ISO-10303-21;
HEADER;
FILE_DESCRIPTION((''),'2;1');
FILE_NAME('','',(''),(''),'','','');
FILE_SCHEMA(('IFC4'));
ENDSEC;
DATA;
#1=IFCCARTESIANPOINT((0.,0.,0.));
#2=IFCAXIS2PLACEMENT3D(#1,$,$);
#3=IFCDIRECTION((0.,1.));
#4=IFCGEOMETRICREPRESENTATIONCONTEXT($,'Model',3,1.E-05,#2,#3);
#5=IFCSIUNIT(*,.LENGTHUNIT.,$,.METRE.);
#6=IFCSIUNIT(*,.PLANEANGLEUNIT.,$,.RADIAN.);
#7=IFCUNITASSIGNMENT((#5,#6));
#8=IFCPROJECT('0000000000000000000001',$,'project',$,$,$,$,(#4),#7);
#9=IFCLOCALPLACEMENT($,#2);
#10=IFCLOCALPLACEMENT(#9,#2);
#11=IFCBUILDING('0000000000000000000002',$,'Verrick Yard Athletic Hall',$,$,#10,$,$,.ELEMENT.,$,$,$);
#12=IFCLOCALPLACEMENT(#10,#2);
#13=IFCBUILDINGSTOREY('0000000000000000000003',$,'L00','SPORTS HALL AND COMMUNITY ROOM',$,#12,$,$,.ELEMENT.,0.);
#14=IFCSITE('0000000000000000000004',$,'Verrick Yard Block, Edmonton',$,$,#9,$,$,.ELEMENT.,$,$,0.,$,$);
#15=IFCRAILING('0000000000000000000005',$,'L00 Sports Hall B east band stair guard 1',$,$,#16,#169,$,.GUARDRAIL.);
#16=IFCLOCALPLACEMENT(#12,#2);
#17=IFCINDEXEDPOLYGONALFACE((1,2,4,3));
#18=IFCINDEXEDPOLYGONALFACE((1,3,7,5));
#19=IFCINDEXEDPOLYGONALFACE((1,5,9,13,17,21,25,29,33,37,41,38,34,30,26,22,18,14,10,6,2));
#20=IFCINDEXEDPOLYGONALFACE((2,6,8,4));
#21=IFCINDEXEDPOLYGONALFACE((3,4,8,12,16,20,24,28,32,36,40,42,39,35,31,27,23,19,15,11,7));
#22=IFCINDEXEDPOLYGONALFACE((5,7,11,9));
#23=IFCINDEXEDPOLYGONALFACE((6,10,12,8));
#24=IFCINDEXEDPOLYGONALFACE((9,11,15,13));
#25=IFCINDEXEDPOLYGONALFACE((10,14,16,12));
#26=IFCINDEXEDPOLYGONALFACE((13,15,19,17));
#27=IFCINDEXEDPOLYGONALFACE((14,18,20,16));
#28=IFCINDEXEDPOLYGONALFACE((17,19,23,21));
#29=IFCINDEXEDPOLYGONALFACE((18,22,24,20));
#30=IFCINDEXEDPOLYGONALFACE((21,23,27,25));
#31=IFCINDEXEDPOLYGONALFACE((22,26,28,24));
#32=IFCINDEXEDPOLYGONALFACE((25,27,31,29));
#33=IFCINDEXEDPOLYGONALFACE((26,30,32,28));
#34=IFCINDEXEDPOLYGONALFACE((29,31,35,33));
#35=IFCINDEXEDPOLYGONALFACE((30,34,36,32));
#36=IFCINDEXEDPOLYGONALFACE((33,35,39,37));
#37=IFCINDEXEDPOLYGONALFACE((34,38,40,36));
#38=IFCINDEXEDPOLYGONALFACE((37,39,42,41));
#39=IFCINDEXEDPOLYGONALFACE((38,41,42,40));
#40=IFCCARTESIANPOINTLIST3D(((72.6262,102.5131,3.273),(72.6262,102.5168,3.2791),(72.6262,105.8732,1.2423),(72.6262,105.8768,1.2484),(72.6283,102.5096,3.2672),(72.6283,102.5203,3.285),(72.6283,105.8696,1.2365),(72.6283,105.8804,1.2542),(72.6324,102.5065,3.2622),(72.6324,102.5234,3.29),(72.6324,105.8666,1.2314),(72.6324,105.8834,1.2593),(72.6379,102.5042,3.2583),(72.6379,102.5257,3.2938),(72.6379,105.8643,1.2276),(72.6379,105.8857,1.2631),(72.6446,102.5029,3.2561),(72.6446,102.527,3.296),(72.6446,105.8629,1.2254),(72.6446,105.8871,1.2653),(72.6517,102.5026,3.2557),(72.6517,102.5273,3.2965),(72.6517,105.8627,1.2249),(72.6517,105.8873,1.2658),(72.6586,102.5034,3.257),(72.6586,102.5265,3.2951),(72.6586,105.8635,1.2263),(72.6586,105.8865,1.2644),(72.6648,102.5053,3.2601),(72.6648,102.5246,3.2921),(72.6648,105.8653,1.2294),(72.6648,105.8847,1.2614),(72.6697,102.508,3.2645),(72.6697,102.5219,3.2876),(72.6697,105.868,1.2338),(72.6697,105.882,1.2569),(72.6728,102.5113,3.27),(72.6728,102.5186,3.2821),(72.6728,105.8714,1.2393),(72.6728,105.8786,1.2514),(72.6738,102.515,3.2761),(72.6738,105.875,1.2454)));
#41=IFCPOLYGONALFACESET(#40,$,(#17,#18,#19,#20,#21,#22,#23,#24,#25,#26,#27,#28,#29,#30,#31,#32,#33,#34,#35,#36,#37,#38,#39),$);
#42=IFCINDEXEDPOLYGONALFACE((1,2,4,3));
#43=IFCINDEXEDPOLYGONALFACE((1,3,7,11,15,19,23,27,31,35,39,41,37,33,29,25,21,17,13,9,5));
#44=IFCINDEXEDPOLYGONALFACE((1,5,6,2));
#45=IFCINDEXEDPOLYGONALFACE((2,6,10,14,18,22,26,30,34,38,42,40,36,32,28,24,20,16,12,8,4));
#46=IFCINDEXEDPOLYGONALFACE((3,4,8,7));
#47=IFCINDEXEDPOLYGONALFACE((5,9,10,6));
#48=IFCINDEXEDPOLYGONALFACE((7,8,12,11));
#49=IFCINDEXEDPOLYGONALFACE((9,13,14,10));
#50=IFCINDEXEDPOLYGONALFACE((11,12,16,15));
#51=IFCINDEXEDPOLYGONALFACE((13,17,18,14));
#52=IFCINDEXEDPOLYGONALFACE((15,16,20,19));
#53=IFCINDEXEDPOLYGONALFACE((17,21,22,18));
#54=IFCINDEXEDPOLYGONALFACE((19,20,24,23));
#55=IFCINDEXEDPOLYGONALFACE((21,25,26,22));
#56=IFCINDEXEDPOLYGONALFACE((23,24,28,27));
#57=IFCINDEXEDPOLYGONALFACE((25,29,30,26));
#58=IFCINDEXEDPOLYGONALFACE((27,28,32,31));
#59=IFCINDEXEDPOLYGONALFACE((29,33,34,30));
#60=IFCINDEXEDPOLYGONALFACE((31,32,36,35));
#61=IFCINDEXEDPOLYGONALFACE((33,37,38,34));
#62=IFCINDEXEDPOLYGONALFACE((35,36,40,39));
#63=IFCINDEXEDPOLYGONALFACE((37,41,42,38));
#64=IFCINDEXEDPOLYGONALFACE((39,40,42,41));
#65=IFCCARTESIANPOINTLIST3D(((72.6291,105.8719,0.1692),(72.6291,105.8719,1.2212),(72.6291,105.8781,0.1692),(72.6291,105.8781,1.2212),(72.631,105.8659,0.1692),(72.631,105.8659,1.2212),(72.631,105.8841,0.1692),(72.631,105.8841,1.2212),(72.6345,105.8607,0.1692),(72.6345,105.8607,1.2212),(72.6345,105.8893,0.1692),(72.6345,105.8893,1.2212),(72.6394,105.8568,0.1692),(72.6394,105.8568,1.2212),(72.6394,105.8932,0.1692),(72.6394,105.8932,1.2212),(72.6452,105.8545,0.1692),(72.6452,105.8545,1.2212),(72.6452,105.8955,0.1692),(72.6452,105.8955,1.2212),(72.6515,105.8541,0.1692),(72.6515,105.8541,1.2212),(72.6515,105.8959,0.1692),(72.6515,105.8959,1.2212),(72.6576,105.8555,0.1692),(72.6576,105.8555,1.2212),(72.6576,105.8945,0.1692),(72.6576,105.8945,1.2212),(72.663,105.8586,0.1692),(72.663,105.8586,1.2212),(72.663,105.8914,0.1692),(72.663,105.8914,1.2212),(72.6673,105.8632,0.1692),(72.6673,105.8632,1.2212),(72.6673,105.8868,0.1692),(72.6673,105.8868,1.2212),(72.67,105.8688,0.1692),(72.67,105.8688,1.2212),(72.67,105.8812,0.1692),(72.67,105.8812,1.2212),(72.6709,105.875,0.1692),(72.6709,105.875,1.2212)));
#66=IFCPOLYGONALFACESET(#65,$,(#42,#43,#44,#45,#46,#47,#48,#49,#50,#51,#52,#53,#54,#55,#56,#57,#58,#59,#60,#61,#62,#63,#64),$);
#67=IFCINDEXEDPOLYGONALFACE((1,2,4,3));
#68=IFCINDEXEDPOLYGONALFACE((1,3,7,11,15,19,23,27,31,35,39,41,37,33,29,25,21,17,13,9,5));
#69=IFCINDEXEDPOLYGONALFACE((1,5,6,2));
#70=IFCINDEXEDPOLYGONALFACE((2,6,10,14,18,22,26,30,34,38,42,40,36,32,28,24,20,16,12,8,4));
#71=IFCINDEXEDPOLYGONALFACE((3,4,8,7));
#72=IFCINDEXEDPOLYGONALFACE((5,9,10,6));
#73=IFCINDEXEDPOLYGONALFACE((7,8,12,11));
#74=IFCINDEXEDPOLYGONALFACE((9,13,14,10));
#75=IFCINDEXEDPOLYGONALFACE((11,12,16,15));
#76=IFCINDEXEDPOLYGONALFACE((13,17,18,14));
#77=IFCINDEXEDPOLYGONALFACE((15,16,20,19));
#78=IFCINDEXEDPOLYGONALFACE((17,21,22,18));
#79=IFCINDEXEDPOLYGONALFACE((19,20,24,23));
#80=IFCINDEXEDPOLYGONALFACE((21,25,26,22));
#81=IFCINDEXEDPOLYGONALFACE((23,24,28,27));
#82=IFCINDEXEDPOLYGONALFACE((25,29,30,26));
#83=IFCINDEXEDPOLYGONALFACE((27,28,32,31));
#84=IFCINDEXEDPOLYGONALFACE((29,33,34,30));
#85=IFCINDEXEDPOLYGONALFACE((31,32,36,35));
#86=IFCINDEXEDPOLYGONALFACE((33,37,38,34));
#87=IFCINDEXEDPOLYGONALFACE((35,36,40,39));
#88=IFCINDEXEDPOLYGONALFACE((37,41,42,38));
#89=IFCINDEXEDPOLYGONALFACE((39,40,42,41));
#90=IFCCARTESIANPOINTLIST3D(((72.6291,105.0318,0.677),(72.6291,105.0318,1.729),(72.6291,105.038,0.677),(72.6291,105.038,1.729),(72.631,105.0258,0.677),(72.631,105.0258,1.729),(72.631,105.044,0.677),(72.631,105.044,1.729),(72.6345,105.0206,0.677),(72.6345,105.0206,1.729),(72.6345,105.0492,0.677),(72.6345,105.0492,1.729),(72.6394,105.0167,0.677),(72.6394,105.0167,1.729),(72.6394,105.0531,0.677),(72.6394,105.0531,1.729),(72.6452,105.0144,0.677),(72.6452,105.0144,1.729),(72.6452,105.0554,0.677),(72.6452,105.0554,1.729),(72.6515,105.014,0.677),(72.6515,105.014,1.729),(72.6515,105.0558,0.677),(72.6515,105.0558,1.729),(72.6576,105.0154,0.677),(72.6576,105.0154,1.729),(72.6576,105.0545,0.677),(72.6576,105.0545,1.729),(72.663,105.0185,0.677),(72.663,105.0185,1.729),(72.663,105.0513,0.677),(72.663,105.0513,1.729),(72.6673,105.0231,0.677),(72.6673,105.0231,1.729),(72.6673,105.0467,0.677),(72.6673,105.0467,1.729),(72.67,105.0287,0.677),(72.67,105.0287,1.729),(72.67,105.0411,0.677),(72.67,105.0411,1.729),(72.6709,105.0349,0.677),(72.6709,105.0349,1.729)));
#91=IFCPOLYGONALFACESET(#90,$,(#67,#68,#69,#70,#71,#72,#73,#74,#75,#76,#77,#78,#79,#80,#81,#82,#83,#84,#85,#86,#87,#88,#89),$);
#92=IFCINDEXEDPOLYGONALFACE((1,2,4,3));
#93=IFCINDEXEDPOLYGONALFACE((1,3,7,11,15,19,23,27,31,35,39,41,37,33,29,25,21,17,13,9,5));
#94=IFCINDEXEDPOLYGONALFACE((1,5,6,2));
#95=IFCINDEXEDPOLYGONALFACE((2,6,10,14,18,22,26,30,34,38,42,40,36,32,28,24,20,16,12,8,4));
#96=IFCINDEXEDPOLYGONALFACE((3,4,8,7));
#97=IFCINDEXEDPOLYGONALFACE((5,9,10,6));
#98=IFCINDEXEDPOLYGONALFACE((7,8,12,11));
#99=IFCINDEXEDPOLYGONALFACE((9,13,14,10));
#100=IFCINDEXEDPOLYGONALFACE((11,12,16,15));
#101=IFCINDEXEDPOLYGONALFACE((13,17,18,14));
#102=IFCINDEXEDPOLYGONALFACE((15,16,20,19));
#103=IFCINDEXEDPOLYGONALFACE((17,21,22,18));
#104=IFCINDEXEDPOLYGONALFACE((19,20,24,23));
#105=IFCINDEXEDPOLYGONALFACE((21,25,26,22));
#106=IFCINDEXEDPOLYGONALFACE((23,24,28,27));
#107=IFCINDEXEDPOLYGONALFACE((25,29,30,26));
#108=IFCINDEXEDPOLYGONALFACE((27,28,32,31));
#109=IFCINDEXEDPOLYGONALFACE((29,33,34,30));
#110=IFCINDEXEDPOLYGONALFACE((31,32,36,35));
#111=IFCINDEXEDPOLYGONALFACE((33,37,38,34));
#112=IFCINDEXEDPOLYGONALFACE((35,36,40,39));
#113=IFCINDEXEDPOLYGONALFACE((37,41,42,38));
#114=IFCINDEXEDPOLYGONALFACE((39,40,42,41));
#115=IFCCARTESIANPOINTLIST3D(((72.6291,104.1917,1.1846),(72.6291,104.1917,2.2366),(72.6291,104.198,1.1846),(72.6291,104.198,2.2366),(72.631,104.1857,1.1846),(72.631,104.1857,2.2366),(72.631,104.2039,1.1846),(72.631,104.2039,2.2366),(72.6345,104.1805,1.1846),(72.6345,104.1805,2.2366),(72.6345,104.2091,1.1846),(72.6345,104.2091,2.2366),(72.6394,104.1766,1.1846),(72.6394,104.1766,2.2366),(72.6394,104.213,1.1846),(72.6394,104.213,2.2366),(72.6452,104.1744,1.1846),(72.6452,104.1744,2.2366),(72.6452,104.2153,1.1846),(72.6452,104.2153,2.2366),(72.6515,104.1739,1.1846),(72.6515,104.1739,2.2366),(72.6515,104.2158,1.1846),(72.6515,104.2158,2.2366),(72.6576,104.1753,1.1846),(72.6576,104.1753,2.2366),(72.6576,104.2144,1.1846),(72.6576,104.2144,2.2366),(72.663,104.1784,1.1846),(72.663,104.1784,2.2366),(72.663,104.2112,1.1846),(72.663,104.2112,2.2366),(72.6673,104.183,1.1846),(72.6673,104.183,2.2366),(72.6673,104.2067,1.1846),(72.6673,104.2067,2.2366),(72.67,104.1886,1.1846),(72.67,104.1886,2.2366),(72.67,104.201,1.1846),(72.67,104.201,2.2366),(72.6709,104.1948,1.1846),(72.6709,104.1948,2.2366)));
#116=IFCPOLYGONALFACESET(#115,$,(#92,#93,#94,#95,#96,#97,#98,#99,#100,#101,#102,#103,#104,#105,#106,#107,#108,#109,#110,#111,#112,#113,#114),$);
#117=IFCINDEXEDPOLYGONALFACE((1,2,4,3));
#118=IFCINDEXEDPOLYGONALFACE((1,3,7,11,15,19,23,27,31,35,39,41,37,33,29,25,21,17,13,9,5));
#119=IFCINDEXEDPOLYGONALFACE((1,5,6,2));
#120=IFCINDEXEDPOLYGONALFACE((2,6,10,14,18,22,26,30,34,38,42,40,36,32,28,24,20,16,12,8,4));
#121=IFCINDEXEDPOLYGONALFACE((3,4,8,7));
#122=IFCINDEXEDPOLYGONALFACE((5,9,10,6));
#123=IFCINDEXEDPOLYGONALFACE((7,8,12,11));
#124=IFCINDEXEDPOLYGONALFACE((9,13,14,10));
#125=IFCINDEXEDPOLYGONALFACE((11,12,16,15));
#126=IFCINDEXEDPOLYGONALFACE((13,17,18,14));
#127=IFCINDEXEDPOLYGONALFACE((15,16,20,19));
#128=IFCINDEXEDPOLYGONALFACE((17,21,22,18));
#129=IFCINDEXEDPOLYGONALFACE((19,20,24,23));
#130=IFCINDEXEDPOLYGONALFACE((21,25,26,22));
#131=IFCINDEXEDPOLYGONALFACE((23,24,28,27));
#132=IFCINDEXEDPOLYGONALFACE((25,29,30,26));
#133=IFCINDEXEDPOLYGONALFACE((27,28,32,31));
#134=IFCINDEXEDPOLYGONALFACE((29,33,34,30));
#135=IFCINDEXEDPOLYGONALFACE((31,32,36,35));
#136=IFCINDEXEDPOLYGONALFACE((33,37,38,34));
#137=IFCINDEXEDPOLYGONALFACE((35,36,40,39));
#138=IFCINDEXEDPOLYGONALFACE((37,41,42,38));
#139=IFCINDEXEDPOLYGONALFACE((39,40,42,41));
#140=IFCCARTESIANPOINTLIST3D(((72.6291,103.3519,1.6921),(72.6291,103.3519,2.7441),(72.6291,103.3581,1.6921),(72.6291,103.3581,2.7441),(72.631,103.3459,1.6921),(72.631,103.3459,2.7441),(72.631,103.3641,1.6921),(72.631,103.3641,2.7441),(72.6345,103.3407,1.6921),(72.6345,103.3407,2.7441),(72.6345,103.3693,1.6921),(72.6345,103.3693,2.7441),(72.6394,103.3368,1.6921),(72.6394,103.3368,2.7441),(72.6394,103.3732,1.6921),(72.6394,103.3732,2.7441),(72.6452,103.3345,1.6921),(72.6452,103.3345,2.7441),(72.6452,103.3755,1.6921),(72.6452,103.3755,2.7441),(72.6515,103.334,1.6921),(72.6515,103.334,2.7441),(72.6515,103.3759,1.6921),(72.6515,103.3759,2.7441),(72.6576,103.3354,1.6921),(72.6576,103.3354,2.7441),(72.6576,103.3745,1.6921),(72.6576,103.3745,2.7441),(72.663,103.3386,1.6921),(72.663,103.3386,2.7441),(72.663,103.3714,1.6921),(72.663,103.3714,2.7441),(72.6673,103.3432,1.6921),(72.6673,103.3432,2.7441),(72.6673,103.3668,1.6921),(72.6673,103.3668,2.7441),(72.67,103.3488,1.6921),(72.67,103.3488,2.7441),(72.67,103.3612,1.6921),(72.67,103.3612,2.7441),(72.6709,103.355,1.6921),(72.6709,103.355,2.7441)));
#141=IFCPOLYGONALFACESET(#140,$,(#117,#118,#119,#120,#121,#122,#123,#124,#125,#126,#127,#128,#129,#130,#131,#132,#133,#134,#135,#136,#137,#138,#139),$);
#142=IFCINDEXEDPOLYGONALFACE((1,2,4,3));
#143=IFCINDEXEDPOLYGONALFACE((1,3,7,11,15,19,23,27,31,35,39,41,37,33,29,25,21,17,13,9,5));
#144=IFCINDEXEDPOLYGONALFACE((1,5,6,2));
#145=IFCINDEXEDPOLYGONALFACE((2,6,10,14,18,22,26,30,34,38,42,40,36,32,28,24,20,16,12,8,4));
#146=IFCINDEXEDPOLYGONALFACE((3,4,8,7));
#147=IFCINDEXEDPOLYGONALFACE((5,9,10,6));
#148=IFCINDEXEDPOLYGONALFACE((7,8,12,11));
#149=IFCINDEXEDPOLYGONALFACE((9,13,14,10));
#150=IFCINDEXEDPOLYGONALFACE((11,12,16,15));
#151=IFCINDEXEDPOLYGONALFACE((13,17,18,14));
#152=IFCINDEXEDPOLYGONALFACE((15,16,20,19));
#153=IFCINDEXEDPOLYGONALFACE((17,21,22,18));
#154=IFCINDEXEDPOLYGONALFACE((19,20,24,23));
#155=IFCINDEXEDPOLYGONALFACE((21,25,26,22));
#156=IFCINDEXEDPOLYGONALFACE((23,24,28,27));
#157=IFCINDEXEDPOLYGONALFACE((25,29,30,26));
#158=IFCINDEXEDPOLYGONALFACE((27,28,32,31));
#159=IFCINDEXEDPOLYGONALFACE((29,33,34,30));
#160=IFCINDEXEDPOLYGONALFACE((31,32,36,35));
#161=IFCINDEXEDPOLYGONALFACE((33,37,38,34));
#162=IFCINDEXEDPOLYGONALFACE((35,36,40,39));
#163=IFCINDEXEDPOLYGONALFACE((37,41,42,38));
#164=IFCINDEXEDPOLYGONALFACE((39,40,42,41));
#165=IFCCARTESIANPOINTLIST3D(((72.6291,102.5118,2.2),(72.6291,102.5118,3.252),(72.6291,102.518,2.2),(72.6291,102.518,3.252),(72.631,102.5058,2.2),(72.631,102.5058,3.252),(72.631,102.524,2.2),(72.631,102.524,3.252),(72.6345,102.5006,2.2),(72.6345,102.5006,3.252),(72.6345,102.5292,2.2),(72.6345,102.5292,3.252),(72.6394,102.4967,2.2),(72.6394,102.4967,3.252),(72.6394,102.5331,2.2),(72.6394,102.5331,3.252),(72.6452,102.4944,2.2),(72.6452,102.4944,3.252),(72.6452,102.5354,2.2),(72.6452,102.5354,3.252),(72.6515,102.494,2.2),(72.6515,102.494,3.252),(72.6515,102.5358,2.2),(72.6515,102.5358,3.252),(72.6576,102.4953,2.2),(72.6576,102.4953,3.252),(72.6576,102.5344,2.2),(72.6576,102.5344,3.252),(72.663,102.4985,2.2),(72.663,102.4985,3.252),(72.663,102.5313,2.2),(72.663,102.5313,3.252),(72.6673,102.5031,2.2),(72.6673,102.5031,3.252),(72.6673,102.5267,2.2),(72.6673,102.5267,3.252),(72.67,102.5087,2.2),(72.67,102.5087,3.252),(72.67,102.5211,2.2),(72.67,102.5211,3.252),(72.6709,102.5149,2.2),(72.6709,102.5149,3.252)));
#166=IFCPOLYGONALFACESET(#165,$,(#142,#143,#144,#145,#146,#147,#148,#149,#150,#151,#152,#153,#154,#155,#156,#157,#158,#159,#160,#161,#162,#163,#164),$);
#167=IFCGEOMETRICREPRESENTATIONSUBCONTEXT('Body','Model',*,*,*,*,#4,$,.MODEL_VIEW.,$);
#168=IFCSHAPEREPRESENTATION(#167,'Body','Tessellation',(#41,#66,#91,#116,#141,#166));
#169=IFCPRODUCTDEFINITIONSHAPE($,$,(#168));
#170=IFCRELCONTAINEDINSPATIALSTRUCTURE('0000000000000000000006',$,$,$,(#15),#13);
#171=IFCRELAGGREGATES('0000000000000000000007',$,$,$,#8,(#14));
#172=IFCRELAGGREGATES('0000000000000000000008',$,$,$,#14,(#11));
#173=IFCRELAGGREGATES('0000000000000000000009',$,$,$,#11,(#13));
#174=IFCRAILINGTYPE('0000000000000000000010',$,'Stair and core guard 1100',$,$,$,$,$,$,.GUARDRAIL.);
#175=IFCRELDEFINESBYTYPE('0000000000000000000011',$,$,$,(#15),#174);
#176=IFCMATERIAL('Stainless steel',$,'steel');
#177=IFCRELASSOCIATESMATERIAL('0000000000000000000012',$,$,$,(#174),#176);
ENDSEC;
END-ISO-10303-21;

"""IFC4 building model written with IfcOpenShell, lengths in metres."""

from ifc_helpers import new_model, si_unit, direction, frame, origin, origin_2d, place, context, subcontext, project, spatial, circle, extrude, material, type_object, element, save


model = new_model("IFC4")

# Units and contexts
model_context = context("Model", 3, precision=1e-05, world=origin(), true_north=direction((0.0, 1.0)))
body_context = subcontext(model_context, "Body", "Model", "MODEL_VIEW")
ifc_project = project(units=[si_unit("LENGTHUNIT", "METRE"), si_unit("PLANEANGLEUNIT", "RADIAN")], contexts=[model_context])

# Site, building, storey
site_placement = place(None, origin())
site = spatial("IfcSite", under=ifc_project, at=site_placement, Name="Verrick Yard Block, Edmonton", CompositionType="ELEMENT", RefElevation=0.0)
building_placement = place(site_placement, origin())
building = spatial("IfcBuilding", under=site, at=building_placement, Name="Verrick Yard Athletic Hall", CompositionType="ELEMENT")
storey_placement = place(building_placement, origin())
storey = spatial("IfcBuildingStorey", under=building, at=storey_placement, Name="L00", Description="SPORTS HALL AND COMMUNITY ROOM", CompositionType="ELEMENT", Elevation=0.0)

# Railing
ifc_material_1 = material(Name="Stainless steel", Category="steel")
railing_type_1 = type_object("IfcRailingType", Name="Stair and core guard 1100", PredefinedType="GUARDRAIL", material=ifc_material_1)
railing_1_placement = place(storey_placement, frame((72.6499, 105.875, 0.1692)))
element("IfcRailing", 1, at=railing_1_placement, inside=storey, type_object=railing_type_1, Name="L00 Sports Hall B east band stair guard 1", PredefinedType="GUARDRAIL", context=body_context, shape_type="SweptSolid", body=[
    extrude(circle(Radius=0.0239, at=origin_2d()), frame((0.0, 0.0, 1.0762), z_axis=(0.0, -0.855837, 0.517246), x_axis=(1.0, 0.0, 0.0)), (0.0, 0.0, 1.0), 3.926),
    extrude(circle(Radius=0.021, at=origin_2d()), origin(), (0.0, 0.0, 1.0), 1.052),
    extrude(circle(Radius=0.021, at=origin_2d()), frame((0.0, -0.8401, 0.5078)), (0.0, 0.0, 1.0), 1.052),
    extrude(circle(Radius=0.021, at=origin_2d()), frame((0.0, -1.6802, 1.0154)), (0.0, 0.0, 1.0), 1.052),
    extrude(circle(Radius=0.021, at=origin_2d()), frame((0.0, -2.52, 1.5229)), (0.0, 0.0, 1.0), 1.052),
    extrude(circle(Radius=0.021, at=origin_2d()), frame((0.0, -3.3601, 2.0308)), (0.0, 0.0, 1.0), 1.052),
])

save(model, "model.ifc")
